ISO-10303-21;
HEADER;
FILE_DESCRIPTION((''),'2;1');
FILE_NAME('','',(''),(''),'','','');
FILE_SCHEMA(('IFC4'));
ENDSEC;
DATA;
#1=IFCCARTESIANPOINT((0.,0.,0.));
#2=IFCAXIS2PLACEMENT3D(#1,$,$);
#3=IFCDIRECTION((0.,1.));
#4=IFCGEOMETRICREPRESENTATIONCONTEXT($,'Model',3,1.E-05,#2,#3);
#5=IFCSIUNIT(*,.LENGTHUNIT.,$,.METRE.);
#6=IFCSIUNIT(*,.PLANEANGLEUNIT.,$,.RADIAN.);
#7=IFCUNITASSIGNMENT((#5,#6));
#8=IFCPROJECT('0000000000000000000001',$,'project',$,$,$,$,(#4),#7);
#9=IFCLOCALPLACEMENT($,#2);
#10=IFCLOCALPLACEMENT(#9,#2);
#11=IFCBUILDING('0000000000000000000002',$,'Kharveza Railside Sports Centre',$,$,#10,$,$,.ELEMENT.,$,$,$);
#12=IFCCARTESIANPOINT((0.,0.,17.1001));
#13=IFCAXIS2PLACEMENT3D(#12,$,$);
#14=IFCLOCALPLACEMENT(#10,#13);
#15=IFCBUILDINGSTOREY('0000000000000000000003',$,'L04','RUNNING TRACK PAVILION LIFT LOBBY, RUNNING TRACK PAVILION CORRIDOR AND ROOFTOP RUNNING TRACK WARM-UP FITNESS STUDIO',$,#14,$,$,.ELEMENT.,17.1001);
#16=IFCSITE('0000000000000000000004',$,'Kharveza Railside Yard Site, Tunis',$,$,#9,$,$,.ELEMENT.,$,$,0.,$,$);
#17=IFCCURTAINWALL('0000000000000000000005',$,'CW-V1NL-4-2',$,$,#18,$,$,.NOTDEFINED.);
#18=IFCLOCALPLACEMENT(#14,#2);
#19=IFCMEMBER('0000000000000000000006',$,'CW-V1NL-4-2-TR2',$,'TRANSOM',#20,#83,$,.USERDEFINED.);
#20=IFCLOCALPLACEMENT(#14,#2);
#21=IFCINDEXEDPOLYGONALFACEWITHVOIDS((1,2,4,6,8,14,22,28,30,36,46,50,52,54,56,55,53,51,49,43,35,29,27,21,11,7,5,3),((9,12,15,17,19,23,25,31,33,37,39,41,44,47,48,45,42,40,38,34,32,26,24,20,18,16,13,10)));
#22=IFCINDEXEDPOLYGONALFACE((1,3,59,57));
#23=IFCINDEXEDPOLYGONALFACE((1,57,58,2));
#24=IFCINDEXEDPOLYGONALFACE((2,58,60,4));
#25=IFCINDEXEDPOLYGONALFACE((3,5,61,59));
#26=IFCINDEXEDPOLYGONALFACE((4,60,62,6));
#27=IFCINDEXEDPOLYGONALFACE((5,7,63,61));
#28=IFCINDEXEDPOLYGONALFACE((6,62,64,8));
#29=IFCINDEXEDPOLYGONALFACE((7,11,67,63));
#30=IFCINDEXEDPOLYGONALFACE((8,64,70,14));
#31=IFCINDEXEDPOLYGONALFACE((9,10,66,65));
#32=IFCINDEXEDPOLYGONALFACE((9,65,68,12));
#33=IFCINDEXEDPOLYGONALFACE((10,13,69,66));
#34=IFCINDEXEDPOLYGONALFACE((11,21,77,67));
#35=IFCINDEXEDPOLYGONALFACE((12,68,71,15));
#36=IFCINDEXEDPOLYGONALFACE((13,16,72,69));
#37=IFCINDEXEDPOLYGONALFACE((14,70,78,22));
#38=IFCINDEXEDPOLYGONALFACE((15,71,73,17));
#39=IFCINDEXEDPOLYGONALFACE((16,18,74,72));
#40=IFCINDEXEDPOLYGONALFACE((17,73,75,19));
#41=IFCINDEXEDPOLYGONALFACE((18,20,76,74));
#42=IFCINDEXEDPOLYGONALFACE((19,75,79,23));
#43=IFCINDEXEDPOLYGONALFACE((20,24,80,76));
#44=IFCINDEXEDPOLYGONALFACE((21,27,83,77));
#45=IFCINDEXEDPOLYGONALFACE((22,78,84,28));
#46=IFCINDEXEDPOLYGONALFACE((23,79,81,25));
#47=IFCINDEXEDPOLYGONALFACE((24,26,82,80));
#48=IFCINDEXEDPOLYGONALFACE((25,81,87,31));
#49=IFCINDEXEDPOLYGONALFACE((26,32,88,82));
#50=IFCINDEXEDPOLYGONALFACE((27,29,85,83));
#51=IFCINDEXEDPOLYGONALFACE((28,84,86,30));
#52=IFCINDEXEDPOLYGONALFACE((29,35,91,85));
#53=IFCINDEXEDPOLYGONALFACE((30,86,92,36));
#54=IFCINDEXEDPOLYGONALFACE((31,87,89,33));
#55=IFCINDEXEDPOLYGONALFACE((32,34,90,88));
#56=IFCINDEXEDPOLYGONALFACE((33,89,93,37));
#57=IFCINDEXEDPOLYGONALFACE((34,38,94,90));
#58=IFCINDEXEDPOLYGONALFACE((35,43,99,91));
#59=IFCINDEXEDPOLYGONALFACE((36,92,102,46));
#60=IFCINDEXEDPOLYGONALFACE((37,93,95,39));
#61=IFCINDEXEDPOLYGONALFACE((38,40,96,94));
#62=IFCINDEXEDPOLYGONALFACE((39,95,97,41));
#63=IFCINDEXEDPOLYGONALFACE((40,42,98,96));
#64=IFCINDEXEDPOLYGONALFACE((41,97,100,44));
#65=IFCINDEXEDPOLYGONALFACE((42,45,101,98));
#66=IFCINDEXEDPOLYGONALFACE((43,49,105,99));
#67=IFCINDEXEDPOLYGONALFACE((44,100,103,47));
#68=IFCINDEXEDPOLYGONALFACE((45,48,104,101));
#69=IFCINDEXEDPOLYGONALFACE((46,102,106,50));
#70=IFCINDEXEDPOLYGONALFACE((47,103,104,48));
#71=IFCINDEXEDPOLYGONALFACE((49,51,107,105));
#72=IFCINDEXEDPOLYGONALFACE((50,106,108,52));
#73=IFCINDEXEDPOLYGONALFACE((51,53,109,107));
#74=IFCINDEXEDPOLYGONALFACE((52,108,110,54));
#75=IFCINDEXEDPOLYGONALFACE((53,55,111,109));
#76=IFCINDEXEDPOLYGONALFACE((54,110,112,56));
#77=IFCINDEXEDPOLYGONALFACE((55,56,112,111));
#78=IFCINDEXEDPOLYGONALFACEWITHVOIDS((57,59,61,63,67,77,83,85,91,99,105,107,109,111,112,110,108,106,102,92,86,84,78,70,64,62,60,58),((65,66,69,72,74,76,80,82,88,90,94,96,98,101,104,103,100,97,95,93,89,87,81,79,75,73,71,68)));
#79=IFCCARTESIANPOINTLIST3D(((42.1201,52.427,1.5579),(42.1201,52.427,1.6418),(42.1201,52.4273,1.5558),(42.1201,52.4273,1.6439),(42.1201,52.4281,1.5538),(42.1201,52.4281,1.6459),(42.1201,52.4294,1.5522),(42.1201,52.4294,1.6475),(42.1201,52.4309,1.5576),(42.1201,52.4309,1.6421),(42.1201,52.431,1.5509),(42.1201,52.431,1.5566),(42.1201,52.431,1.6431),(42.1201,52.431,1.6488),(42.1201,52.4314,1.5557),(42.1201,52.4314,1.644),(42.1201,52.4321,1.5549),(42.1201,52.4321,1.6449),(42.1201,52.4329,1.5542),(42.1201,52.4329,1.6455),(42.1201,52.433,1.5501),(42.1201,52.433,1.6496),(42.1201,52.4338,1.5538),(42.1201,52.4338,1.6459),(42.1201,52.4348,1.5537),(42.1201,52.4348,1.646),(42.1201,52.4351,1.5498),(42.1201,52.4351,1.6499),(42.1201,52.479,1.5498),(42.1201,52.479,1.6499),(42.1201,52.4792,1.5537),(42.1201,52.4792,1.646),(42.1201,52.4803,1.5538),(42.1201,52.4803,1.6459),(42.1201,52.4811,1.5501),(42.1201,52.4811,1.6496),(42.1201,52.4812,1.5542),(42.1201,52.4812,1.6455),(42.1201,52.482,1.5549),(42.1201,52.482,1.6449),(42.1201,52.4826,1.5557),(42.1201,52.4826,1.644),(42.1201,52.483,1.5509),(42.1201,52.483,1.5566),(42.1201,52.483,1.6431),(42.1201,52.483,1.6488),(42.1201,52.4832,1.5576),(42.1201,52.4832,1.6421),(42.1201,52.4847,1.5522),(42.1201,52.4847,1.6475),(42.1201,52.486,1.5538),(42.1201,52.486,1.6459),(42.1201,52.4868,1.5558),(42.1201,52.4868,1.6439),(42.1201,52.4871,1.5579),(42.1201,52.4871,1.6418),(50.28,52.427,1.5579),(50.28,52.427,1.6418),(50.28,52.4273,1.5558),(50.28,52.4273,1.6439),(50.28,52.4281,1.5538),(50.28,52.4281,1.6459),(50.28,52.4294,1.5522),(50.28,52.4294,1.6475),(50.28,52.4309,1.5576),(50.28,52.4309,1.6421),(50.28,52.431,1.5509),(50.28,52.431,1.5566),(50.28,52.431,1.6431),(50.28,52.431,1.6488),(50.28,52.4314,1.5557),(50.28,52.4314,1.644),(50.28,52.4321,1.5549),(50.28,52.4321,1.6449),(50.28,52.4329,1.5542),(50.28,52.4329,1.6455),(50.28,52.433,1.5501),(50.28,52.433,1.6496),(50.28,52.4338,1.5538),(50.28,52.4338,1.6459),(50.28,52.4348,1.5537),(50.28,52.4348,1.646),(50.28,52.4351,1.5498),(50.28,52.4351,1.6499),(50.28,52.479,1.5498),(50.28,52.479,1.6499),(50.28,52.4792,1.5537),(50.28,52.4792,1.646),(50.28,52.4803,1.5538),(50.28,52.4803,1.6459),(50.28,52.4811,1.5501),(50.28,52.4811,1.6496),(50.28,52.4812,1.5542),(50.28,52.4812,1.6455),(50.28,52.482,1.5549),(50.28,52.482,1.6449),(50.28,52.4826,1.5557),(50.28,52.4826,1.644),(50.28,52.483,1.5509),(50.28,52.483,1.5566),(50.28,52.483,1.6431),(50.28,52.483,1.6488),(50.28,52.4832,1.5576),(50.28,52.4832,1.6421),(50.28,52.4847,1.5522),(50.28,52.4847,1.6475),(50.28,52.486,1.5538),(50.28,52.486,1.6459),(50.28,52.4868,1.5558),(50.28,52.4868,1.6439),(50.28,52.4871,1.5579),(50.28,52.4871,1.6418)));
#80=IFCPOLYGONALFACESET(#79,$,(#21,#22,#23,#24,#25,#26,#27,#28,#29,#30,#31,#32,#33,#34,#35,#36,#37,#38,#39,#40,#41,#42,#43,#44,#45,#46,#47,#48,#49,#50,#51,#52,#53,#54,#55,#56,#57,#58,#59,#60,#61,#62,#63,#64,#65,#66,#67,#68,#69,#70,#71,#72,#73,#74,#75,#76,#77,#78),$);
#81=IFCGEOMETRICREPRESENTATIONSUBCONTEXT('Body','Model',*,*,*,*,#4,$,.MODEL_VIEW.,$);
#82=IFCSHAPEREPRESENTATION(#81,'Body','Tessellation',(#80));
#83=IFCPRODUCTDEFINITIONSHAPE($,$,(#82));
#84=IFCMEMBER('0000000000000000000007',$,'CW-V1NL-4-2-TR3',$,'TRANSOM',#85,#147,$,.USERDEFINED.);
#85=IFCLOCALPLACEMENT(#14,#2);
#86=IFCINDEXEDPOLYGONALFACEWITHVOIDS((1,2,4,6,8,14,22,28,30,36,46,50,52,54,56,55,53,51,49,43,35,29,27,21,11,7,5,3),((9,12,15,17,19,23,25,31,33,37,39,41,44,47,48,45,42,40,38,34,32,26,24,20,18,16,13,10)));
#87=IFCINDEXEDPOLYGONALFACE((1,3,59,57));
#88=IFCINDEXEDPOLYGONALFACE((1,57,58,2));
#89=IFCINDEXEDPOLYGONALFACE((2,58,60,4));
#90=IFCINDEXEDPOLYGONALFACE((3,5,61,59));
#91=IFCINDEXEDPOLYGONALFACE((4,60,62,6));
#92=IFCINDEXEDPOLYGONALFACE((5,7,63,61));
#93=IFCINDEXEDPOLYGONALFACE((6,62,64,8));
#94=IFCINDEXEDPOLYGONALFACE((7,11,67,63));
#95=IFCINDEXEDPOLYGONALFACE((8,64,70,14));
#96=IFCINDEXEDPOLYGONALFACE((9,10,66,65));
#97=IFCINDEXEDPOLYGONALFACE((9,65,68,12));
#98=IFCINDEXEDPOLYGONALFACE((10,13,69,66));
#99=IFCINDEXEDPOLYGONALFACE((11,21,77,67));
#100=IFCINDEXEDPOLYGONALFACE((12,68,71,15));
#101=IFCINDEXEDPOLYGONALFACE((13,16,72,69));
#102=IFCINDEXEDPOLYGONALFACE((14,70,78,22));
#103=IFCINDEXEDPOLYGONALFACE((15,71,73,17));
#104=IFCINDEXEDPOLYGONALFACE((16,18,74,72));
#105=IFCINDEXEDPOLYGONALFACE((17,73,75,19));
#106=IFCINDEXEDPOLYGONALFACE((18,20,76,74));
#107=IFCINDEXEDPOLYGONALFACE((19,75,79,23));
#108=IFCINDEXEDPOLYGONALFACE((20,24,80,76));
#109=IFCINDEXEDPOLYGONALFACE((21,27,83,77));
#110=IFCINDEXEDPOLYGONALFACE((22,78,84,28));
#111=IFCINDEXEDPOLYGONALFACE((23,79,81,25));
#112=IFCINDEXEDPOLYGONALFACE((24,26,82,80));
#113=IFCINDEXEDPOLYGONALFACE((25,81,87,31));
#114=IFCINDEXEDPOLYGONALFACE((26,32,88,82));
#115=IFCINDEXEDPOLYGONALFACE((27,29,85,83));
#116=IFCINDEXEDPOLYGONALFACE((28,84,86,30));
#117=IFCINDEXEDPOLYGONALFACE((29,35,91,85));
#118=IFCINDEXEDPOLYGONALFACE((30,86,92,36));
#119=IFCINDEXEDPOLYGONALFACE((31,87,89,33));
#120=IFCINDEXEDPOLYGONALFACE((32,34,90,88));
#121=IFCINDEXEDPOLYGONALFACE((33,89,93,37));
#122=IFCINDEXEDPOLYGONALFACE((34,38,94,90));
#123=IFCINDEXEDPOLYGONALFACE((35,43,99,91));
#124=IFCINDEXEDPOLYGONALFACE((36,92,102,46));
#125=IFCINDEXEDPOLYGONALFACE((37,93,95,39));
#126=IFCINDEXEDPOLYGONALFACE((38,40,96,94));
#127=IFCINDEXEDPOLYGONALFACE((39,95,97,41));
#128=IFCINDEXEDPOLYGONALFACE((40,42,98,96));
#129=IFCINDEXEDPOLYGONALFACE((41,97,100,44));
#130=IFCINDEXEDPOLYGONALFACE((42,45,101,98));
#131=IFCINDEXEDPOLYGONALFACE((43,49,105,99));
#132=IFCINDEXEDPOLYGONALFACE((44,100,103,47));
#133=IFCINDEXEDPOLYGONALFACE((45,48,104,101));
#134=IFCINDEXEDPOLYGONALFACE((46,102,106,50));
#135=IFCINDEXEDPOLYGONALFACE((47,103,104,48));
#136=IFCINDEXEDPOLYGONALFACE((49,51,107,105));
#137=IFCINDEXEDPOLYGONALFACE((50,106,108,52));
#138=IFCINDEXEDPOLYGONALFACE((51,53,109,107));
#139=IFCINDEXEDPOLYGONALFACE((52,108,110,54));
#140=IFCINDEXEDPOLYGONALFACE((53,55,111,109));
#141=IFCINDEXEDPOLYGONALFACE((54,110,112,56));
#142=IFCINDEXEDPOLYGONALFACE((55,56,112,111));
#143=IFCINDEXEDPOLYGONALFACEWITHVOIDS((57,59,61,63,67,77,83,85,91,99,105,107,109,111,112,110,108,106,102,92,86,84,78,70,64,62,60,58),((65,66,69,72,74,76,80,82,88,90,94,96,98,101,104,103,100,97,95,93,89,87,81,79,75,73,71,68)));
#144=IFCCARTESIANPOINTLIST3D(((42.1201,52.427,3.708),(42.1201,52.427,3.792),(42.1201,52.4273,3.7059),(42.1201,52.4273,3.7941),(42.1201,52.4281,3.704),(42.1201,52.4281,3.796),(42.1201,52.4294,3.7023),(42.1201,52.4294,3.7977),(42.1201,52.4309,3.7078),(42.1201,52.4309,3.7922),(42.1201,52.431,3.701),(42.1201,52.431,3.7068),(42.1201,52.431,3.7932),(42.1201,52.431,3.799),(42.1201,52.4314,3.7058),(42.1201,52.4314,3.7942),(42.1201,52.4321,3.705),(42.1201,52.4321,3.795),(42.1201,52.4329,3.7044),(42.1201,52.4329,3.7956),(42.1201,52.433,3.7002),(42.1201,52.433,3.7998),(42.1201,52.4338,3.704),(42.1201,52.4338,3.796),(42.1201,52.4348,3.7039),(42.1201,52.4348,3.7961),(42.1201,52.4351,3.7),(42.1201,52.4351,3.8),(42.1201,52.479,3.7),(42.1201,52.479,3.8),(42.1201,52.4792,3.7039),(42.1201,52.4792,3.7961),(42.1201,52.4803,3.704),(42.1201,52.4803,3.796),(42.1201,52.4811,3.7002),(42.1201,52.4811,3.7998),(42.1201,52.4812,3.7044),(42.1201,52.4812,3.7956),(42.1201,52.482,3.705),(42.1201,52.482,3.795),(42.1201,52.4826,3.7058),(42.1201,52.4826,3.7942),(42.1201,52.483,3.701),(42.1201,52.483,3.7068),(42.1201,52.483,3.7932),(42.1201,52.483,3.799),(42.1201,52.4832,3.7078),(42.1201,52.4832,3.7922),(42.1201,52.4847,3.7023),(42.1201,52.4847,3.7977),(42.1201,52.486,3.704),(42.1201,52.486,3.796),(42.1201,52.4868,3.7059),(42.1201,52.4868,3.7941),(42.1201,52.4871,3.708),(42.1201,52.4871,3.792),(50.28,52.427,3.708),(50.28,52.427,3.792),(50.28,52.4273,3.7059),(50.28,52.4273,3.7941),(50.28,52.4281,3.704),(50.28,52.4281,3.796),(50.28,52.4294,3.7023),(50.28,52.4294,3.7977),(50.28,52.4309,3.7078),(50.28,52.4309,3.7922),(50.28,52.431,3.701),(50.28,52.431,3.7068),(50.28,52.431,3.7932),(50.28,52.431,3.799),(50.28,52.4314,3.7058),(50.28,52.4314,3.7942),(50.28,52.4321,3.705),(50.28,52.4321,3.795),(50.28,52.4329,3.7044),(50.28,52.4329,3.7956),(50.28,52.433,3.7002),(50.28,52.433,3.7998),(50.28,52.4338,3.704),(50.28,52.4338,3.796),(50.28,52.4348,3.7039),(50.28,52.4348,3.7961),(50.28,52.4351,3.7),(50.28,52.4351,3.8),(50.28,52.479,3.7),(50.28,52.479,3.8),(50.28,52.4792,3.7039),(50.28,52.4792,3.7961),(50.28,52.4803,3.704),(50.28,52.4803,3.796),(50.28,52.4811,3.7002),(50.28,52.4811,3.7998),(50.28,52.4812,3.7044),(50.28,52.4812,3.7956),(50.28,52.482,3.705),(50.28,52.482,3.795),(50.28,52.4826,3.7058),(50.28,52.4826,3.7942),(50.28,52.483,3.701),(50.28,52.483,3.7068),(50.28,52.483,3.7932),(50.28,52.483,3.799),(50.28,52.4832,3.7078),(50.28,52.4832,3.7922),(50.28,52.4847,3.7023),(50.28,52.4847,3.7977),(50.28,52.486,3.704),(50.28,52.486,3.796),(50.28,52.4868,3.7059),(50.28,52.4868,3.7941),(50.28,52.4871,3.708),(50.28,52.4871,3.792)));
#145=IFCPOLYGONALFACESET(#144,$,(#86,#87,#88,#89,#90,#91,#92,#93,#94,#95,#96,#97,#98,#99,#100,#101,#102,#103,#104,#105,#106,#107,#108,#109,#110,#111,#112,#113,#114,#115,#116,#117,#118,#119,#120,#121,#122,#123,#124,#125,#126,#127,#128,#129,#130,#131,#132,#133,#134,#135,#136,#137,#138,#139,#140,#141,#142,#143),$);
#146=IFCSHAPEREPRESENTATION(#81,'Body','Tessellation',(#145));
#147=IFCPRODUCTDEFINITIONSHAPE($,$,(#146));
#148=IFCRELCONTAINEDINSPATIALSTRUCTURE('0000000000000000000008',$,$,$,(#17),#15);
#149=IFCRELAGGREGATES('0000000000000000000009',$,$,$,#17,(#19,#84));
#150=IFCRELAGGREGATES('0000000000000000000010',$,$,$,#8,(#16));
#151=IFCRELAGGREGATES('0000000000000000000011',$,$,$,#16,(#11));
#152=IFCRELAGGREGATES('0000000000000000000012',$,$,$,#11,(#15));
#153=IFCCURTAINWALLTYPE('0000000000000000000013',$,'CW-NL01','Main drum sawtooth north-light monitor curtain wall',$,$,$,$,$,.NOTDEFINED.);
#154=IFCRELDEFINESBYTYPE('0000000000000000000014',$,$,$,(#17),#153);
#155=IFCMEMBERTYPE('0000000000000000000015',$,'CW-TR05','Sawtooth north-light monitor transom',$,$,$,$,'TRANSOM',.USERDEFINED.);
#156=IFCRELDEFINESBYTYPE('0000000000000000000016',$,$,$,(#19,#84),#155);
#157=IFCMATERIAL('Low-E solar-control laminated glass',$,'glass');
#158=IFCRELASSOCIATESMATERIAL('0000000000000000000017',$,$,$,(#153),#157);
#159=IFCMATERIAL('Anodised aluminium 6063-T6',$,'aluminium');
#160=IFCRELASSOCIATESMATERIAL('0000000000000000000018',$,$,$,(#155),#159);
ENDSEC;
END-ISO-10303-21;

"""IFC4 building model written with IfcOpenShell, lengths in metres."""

from ifc_helpers import new_model, si_unit, direction, frame, origin, origin_2d, place, context, subcontext, project, spatial, hollow_rectangle, extrude, material, material_profile, profile_set, type_object, element, aggregate, save


model = new_model("IFC4")

# Units and contexts
model_context = context("Model", 3, precision=1e-05, world=origin(), true_north=direction((0.0, 1.0)))
body_context = subcontext(model_context, "Body", "Model", "MODEL_VIEW")
ifc_project = project(units=[si_unit("LENGTHUNIT", "METRE"), si_unit("PLANEANGLEUNIT", "RADIAN")], contexts=[model_context])

# Site, building, storey
site_placement = place(None, origin())
site = spatial("IfcSite", under=ifc_project, at=site_placement, Name="Kharveza Railside Yard Site, Tunis", CompositionType="ELEMENT", RefElevation=0.0)
building_placement = place(site_placement, origin())
building = spatial("IfcBuilding", under=site, at=building_placement, Name="Kharveza Railside Sports Centre", CompositionType="ELEMENT")
storey_placement = place(building_placement, frame((0.0, 0.0, 17.1001)))
storey = spatial("IfcBuildingStorey", under=building, at=storey_placement, Name="L04", Description="RUNNING TRACK PAVILION LIFT LOBBY, RUNNING TRACK PAVILION CORRIDOR AND ROOFTOP RUNNING TRACK WARM-UP FITNESS STUDIO", CompositionType="ELEMENT", Elevation=17.1001)

# Curtain wall
ifc_material_1 = material(Name="Low-E solar-control laminated glass", Category="glass")
curtain_wall_type = type_object("IfcCurtainWallType", Name="CW-NL01", Description="Main drum sawtooth north-light monitor curtain wall", PredefinedType="NOTDEFINED", material=ifc_material_1)
ifc_material_2 = material(Name="Anodised aluminium 6063-T6", Category="aluminium")
curtain_wall_1_placement = place(storey_placement, origin())
curtain_wall_1 = element("IfcCurtainWall", 1, at=curtain_wall_1_placement, inside=storey, type_object=curtain_wall_type, Name="CW-V1NL-4-2", PredefinedType="NOTDEFINED")

# Members
ifc_material_profile_1 = material_profile(ifc_material_2, hollow_rectangle(XDim=0.0601, YDim=0.1001, WallThickness=0.0039, InnerFilletRadius=0.0039, OuterFilletRadius=0.0081, at=origin_2d()), Name="RHS 60x100x4.0")
ifc_profile_set_1 = profile_set([ifc_material_profile_1], Name="Anodised aluminium 6063-T6")
member_type_1 = type_object("IfcMemberType", Name="CW-TR05", Description="Sawtooth north-light monitor transom", ElementType="TRANSOM", PredefinedType="USERDEFINED", material=ifc_profile_set_1)
member_1_placement = place(storey_placement, frame((42.1201, 52.457, 1.5999), z_axis=(1.0, 0.0, 0.0), x_axis=(0.0, 1.0, 0.0)))
member_1 = element("IfcMember", 2, at=member_1_placement, type_object=member_type_1, Name="CW-V1NL-4-2-TR2", ObjectType="TRANSOM", PredefinedType="USERDEFINED", context=body_context, shape_type="SweptSolid", body=[
    extrude(hollow_rectangle(XDim=0.0601, YDim=0.1001, WallThickness=0.0039, InnerFilletRadius=0.0039, OuterFilletRadius=0.0081, at=origin_2d()), origin(), (0.0, 0.0, 1.0), 8.1599),
])
member_2_placement = place(storey_placement, frame((42.1201, 52.457, 3.75), z_axis=(1.0, 0.0, 0.0), x_axis=(0.0, 1.0, 0.0)))
member_2 = element("IfcMember", 3, at=member_2_placement, type_object=member_type_1, Name="CW-V1NL-4-2-TR3", ObjectType="TRANSOM", PredefinedType="USERDEFINED", context=body_context, shape_type="SweptSolid", body=[
    extrude(hollow_rectangle(XDim=0.0601, YDim=0.1001, WallThickness=0.0039, InnerFilletRadius=0.0039, OuterFilletRadius=0.0081, at=origin_2d()), origin(), (0.0, 0.0, 1.0), 8.1599),
])

aggregate(curtain_wall_1, [member_1, member_2])

save(model, "model.ifc")
